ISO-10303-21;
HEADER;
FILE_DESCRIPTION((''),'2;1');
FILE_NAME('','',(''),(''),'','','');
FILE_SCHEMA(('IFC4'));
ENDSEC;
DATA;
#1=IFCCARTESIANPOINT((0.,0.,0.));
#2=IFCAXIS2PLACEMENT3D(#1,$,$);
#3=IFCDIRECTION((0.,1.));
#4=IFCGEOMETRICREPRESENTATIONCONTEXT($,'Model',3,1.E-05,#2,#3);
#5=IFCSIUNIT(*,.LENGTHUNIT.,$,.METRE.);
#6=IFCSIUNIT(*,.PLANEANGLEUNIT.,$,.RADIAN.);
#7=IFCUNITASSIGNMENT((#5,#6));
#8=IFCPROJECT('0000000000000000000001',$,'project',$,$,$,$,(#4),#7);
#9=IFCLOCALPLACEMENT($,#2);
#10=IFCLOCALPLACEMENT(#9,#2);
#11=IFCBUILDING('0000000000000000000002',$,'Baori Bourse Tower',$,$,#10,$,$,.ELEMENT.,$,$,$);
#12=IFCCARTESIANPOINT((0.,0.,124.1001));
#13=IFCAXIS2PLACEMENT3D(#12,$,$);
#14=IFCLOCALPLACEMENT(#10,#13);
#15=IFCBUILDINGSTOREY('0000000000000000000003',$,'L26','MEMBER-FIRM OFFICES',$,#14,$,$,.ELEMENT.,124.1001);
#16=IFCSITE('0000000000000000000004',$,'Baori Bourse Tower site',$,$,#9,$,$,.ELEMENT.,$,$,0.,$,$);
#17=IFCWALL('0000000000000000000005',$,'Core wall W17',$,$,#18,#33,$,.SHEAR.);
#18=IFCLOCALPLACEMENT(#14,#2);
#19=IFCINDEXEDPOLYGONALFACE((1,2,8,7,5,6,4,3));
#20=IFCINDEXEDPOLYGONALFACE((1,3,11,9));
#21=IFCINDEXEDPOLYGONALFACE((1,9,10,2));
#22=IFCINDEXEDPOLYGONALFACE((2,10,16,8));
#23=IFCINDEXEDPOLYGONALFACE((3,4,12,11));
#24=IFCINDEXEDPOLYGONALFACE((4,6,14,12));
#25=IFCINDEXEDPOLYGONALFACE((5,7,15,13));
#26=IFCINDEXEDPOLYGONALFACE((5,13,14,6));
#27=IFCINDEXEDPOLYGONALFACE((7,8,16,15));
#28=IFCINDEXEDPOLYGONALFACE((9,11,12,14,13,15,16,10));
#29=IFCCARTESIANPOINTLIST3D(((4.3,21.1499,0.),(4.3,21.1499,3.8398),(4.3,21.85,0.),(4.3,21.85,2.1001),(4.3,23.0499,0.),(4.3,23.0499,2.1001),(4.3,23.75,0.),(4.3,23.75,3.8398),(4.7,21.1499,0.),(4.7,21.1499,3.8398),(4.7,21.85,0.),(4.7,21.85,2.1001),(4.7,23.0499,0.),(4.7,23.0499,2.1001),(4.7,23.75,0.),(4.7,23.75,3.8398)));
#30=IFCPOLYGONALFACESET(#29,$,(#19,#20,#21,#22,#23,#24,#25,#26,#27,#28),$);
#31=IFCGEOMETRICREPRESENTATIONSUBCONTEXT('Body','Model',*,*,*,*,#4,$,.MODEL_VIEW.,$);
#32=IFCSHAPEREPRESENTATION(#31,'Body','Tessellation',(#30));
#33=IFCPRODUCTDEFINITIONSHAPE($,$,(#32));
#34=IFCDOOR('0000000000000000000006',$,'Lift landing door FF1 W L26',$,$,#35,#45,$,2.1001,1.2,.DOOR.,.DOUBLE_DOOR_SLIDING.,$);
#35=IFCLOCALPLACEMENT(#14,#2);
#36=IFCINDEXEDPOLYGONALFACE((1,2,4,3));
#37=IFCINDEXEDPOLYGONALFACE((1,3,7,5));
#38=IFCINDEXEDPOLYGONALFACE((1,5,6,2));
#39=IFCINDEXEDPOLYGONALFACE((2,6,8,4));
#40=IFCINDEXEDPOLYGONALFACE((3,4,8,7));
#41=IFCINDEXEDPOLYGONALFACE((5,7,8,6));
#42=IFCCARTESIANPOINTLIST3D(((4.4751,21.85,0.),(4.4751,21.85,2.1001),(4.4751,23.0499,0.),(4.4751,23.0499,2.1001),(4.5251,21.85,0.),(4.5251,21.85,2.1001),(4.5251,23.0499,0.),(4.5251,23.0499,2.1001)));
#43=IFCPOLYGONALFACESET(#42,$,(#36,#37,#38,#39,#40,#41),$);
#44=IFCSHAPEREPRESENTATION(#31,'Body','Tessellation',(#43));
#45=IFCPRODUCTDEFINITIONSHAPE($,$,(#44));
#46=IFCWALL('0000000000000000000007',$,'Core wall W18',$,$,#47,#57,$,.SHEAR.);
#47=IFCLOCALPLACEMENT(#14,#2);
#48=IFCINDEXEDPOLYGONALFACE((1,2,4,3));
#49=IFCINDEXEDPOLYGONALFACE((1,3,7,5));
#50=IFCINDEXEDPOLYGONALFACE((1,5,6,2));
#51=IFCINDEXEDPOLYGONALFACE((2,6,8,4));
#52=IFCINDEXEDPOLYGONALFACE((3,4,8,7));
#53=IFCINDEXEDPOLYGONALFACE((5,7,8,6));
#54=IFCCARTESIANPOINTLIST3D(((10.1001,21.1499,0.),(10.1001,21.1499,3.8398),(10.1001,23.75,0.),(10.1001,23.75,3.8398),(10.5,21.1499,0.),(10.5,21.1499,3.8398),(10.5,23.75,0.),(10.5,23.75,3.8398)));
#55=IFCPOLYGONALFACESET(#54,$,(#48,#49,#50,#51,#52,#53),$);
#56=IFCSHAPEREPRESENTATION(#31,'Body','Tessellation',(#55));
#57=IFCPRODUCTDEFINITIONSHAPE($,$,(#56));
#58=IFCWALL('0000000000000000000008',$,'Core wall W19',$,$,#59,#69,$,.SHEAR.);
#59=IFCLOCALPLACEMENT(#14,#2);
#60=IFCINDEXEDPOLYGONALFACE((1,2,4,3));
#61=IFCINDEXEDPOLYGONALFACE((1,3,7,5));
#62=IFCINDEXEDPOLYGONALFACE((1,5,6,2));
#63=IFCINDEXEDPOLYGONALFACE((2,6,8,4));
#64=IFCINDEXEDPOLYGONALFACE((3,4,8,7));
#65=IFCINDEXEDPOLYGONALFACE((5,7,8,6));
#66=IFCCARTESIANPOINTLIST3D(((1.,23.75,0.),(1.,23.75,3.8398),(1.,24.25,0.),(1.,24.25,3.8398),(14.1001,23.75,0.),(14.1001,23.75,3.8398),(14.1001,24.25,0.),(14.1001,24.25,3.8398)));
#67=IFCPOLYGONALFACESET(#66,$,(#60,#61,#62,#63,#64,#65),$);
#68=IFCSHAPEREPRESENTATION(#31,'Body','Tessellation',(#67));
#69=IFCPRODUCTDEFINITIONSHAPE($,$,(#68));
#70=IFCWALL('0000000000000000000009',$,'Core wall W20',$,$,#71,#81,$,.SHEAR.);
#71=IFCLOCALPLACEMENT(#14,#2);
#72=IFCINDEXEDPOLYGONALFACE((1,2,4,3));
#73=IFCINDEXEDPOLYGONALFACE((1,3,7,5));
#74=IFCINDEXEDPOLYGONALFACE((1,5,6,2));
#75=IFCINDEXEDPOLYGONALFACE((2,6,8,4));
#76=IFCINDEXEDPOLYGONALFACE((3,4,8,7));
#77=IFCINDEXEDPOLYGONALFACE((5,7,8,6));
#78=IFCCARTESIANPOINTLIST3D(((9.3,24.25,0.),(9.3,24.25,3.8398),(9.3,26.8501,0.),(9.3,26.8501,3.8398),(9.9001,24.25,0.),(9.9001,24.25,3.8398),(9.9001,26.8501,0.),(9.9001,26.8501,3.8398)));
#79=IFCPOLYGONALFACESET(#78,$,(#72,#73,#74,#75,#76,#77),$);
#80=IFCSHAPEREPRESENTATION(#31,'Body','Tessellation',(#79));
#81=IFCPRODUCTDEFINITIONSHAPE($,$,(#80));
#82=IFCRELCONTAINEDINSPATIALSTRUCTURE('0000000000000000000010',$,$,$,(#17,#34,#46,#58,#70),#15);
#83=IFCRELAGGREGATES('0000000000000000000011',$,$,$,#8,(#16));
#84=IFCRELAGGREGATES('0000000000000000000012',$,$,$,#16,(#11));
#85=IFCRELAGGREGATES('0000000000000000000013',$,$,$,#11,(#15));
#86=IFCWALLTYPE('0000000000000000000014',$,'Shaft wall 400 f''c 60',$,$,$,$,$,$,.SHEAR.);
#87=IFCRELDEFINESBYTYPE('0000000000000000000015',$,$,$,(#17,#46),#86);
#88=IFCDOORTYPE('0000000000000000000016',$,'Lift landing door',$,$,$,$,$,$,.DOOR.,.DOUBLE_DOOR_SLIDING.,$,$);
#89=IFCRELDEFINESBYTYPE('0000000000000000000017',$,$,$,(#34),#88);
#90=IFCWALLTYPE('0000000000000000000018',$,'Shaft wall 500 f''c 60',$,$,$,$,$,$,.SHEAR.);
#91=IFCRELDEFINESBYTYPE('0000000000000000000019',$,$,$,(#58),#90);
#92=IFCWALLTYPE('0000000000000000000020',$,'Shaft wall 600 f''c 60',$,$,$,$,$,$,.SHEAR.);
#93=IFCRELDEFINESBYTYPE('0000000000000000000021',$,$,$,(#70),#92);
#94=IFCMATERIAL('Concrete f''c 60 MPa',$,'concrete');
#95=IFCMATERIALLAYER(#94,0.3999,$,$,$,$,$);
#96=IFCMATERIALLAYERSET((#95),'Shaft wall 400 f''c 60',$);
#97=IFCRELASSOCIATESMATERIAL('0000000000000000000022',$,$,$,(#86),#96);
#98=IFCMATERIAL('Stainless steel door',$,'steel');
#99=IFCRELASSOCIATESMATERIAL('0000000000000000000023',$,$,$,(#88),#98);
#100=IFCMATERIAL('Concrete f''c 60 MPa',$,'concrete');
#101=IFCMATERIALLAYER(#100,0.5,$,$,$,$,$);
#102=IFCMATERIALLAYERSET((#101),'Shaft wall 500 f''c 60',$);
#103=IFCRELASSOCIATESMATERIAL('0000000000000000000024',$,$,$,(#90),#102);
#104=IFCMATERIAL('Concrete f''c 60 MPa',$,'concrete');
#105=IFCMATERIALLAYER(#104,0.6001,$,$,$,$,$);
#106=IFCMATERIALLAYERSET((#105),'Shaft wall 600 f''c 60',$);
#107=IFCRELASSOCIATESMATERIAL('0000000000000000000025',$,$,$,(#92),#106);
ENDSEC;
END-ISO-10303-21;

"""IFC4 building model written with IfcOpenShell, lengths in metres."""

from ifc_helpers import new_model, si_unit, direction, frame, frame_2d, origin, place, context, subcontext, project, spatial, rectangle, extrude, material, layer, layer_set, type_object, element, fill, save


model = new_model("IFC4")

# Units and contexts
model_context = context("Model", 3, precision=1e-05, world=origin(), true_north=direction((0.0, 1.0)))
body_context = subcontext(model_context, "Body", "Model", "MODEL_VIEW")
ifc_project = project(units=[si_unit("LENGTHUNIT", "METRE"), si_unit("PLANEANGLEUNIT", "RADIAN")], contexts=[model_context])

# Site, building, storey
site_placement = place(None, origin())
site = spatial("IfcSite", under=ifc_project, at=site_placement, Name="Baori Bourse Tower site", CompositionType="ELEMENT", RefElevation=0.0)
building_placement = place(site_placement, origin())
building = spatial("IfcBuilding", under=site, at=building_placement, Name="Baori Bourse Tower", CompositionType="ELEMENT")
storey_placement = place(building_placement, frame((0.0, 0.0, 124.1001)))
storey = spatial("IfcBuildingStorey", under=building, at=storey_placement, Name="L26", Description="MEMBER-FIRM OFFICES", CompositionType="ELEMENT", Elevation=124.1001)

# Shared definitions
ifc_material_1 = material(Name="Concrete f'c 60 MPa", Category="concrete")
ifc_layer_1 = layer(ifc_material_1, 0.3999)
ifc_layer_set_1 = layer_set([ifc_layer_1], Name="Shaft wall 400 f'c 60")
wall_type_1 = type_object("IfcWallType", Name="Shaft wall 400 f'c 60", PredefinedType="SHEAR", material=ifc_layer_set_1)

# Wall, opening, door
wall_1_placement = place(storey_placement, frame((4.5, 21.1499, 0.0), z_axis=(0.0, 0.0, 1.0), x_axis=(0.0, 1.0, 0.0)))
wall_1 = element("IfcWall", 1, at=wall_1_placement, inside=storey, type_object=wall_type_1, Name="Core wall W17", PredefinedType="SHEAR", context=body_context, shape_type="SweptSolid", body=[
    extrude(rectangle(XDim=2.6001, YDim=0.3999, at=frame_2d((1.3, 0.0))), origin(), (0.0, 0.0, 1.0), 3.8398),
])
opening_1_placement = place(wall_1_placement, frame((0.7, 0.0, 0.0)))
opening_1 = element("IfcOpeningElement", 2, at=opening_1_placement, cuts=wall_1, PredefinedType="OPENING", context=body_context, shape_type="SweptSolid", body=[
    extrude(rectangle(XDim=1.2, YDim=2.1001, at=frame_2d((0.6001, 1.05))), frame((0.0, 0.21, 0.0), z_axis=(0.0, -1.0, 0.0), x_axis=(1.0, 0.0, 0.0)), (0.0, 0.0, 1.0), 0.4199),
])
ifc_material_2 = material(Name="Stainless steel door", Category="steel")
door_type_1 = type_object("IfcDoorType", Name="Lift landing door", OperationType="DOUBLE_DOOR_SLIDING", PredefinedType="DOOR", material=ifc_material_2)
door_1_placement = place(opening_1_placement, origin())
door_1 = element("IfcDoor", 3, at=door_1_placement, inside=storey, type_object=door_type_1, Name="Lift landing door FF1 W L26", OperationType="DOUBLE_DOOR_SLIDING", OverallHeight=2.1001, OverallWidth=1.2, PredefinedType="DOOR", context=body_context, shape_type="SweptSolid", body=[
    extrude(rectangle(XDim=1.2, YDim=2.1001, at=frame_2d((0.6001, 1.05))), frame((0.0, 0.0249, 0.0), z_axis=(0.0, -1.0, 0.0), x_axis=(1.0, 0.0, 0.0)), (0.0, 0.0, 1.0), 0.05),
])
fill(opening_1, door_1)

# Walls
wall_2_placement = place(storey_placement, frame((10.3, 21.1499, 0.0), z_axis=(0.0, 0.0, 1.0), x_axis=(0.0, 1.0, 0.0)))
element("IfcWall", 4, at=wall_2_placement, inside=storey, type_object=wall_type_1, Name="Core wall W18", PredefinedType="SHEAR", context=body_context, shape_type="SweptSolid", body=[
    extrude(rectangle(XDim=2.6001, YDim=0.3999, at=frame_2d((1.3, 0.0))), origin(), (0.0, 0.0, 1.0), 3.8398),
])
ifc_material_3 = material(Name="Concrete f'c 60 MPa", Category="concrete")
ifc_layer_2 = layer(ifc_material_3, 0.5)
ifc_layer_set_2 = layer_set([ifc_layer_2], Name="Shaft wall 500 f'c 60")
wall_type_2 = type_object("IfcWallType", Name="Shaft wall 500 f'c 60", PredefinedType="SHEAR", material=ifc_layer_set_2)
wall_3_placement = place(storey_placement, frame((1.0, 24.0, 0.0), z_axis=(0.0, 0.0, 1.0), x_axis=(1.0, 0.0, 0.0)))
element("IfcWall", 5, at=wall_3_placement, inside=storey, type_object=wall_type_2, Name="Core wall W19", PredefinedType="SHEAR", context=body_context, shape_type="SweptSolid", body=[
    extrude(rectangle(XDim=13.1001, YDim=0.5, at=frame_2d((6.55, 0.0))), origin(), (0.0, 0.0, 1.0), 3.8398),
])
ifc_material_4 = material(Name="Concrete f'c 60 MPa", Category="concrete")
ifc_layer_3 = layer(ifc_material_4, 0.6001)
ifc_layer_set_3 = layer_set([ifc_layer_3], Name="Shaft wall 600 f'c 60")
wall_type_3 = type_object("IfcWallType", Name="Shaft wall 600 f'c 60", PredefinedType="SHEAR", material=ifc_layer_set_3)
wall_4_placement = place(storey_placement, frame((9.6001, 24.25, 0.0), z_axis=(0.0, 0.0, 1.0), x_axis=(0.0, 1.0, 0.0)))
element("IfcWall", 6, at=wall_4_placement, inside=storey, type_object=wall_type_3, Name="Core wall W20", PredefinedType="SHEAR", context=body_context, shape_type="SweptSolid", body=[
    extrude(rectangle(XDim=2.6001, YDim=0.6001, at=frame_2d((1.3, 0.0))), origin(), (0.0, 0.0, 1.0), 3.8398),
])

save(model, "model.ifc")
